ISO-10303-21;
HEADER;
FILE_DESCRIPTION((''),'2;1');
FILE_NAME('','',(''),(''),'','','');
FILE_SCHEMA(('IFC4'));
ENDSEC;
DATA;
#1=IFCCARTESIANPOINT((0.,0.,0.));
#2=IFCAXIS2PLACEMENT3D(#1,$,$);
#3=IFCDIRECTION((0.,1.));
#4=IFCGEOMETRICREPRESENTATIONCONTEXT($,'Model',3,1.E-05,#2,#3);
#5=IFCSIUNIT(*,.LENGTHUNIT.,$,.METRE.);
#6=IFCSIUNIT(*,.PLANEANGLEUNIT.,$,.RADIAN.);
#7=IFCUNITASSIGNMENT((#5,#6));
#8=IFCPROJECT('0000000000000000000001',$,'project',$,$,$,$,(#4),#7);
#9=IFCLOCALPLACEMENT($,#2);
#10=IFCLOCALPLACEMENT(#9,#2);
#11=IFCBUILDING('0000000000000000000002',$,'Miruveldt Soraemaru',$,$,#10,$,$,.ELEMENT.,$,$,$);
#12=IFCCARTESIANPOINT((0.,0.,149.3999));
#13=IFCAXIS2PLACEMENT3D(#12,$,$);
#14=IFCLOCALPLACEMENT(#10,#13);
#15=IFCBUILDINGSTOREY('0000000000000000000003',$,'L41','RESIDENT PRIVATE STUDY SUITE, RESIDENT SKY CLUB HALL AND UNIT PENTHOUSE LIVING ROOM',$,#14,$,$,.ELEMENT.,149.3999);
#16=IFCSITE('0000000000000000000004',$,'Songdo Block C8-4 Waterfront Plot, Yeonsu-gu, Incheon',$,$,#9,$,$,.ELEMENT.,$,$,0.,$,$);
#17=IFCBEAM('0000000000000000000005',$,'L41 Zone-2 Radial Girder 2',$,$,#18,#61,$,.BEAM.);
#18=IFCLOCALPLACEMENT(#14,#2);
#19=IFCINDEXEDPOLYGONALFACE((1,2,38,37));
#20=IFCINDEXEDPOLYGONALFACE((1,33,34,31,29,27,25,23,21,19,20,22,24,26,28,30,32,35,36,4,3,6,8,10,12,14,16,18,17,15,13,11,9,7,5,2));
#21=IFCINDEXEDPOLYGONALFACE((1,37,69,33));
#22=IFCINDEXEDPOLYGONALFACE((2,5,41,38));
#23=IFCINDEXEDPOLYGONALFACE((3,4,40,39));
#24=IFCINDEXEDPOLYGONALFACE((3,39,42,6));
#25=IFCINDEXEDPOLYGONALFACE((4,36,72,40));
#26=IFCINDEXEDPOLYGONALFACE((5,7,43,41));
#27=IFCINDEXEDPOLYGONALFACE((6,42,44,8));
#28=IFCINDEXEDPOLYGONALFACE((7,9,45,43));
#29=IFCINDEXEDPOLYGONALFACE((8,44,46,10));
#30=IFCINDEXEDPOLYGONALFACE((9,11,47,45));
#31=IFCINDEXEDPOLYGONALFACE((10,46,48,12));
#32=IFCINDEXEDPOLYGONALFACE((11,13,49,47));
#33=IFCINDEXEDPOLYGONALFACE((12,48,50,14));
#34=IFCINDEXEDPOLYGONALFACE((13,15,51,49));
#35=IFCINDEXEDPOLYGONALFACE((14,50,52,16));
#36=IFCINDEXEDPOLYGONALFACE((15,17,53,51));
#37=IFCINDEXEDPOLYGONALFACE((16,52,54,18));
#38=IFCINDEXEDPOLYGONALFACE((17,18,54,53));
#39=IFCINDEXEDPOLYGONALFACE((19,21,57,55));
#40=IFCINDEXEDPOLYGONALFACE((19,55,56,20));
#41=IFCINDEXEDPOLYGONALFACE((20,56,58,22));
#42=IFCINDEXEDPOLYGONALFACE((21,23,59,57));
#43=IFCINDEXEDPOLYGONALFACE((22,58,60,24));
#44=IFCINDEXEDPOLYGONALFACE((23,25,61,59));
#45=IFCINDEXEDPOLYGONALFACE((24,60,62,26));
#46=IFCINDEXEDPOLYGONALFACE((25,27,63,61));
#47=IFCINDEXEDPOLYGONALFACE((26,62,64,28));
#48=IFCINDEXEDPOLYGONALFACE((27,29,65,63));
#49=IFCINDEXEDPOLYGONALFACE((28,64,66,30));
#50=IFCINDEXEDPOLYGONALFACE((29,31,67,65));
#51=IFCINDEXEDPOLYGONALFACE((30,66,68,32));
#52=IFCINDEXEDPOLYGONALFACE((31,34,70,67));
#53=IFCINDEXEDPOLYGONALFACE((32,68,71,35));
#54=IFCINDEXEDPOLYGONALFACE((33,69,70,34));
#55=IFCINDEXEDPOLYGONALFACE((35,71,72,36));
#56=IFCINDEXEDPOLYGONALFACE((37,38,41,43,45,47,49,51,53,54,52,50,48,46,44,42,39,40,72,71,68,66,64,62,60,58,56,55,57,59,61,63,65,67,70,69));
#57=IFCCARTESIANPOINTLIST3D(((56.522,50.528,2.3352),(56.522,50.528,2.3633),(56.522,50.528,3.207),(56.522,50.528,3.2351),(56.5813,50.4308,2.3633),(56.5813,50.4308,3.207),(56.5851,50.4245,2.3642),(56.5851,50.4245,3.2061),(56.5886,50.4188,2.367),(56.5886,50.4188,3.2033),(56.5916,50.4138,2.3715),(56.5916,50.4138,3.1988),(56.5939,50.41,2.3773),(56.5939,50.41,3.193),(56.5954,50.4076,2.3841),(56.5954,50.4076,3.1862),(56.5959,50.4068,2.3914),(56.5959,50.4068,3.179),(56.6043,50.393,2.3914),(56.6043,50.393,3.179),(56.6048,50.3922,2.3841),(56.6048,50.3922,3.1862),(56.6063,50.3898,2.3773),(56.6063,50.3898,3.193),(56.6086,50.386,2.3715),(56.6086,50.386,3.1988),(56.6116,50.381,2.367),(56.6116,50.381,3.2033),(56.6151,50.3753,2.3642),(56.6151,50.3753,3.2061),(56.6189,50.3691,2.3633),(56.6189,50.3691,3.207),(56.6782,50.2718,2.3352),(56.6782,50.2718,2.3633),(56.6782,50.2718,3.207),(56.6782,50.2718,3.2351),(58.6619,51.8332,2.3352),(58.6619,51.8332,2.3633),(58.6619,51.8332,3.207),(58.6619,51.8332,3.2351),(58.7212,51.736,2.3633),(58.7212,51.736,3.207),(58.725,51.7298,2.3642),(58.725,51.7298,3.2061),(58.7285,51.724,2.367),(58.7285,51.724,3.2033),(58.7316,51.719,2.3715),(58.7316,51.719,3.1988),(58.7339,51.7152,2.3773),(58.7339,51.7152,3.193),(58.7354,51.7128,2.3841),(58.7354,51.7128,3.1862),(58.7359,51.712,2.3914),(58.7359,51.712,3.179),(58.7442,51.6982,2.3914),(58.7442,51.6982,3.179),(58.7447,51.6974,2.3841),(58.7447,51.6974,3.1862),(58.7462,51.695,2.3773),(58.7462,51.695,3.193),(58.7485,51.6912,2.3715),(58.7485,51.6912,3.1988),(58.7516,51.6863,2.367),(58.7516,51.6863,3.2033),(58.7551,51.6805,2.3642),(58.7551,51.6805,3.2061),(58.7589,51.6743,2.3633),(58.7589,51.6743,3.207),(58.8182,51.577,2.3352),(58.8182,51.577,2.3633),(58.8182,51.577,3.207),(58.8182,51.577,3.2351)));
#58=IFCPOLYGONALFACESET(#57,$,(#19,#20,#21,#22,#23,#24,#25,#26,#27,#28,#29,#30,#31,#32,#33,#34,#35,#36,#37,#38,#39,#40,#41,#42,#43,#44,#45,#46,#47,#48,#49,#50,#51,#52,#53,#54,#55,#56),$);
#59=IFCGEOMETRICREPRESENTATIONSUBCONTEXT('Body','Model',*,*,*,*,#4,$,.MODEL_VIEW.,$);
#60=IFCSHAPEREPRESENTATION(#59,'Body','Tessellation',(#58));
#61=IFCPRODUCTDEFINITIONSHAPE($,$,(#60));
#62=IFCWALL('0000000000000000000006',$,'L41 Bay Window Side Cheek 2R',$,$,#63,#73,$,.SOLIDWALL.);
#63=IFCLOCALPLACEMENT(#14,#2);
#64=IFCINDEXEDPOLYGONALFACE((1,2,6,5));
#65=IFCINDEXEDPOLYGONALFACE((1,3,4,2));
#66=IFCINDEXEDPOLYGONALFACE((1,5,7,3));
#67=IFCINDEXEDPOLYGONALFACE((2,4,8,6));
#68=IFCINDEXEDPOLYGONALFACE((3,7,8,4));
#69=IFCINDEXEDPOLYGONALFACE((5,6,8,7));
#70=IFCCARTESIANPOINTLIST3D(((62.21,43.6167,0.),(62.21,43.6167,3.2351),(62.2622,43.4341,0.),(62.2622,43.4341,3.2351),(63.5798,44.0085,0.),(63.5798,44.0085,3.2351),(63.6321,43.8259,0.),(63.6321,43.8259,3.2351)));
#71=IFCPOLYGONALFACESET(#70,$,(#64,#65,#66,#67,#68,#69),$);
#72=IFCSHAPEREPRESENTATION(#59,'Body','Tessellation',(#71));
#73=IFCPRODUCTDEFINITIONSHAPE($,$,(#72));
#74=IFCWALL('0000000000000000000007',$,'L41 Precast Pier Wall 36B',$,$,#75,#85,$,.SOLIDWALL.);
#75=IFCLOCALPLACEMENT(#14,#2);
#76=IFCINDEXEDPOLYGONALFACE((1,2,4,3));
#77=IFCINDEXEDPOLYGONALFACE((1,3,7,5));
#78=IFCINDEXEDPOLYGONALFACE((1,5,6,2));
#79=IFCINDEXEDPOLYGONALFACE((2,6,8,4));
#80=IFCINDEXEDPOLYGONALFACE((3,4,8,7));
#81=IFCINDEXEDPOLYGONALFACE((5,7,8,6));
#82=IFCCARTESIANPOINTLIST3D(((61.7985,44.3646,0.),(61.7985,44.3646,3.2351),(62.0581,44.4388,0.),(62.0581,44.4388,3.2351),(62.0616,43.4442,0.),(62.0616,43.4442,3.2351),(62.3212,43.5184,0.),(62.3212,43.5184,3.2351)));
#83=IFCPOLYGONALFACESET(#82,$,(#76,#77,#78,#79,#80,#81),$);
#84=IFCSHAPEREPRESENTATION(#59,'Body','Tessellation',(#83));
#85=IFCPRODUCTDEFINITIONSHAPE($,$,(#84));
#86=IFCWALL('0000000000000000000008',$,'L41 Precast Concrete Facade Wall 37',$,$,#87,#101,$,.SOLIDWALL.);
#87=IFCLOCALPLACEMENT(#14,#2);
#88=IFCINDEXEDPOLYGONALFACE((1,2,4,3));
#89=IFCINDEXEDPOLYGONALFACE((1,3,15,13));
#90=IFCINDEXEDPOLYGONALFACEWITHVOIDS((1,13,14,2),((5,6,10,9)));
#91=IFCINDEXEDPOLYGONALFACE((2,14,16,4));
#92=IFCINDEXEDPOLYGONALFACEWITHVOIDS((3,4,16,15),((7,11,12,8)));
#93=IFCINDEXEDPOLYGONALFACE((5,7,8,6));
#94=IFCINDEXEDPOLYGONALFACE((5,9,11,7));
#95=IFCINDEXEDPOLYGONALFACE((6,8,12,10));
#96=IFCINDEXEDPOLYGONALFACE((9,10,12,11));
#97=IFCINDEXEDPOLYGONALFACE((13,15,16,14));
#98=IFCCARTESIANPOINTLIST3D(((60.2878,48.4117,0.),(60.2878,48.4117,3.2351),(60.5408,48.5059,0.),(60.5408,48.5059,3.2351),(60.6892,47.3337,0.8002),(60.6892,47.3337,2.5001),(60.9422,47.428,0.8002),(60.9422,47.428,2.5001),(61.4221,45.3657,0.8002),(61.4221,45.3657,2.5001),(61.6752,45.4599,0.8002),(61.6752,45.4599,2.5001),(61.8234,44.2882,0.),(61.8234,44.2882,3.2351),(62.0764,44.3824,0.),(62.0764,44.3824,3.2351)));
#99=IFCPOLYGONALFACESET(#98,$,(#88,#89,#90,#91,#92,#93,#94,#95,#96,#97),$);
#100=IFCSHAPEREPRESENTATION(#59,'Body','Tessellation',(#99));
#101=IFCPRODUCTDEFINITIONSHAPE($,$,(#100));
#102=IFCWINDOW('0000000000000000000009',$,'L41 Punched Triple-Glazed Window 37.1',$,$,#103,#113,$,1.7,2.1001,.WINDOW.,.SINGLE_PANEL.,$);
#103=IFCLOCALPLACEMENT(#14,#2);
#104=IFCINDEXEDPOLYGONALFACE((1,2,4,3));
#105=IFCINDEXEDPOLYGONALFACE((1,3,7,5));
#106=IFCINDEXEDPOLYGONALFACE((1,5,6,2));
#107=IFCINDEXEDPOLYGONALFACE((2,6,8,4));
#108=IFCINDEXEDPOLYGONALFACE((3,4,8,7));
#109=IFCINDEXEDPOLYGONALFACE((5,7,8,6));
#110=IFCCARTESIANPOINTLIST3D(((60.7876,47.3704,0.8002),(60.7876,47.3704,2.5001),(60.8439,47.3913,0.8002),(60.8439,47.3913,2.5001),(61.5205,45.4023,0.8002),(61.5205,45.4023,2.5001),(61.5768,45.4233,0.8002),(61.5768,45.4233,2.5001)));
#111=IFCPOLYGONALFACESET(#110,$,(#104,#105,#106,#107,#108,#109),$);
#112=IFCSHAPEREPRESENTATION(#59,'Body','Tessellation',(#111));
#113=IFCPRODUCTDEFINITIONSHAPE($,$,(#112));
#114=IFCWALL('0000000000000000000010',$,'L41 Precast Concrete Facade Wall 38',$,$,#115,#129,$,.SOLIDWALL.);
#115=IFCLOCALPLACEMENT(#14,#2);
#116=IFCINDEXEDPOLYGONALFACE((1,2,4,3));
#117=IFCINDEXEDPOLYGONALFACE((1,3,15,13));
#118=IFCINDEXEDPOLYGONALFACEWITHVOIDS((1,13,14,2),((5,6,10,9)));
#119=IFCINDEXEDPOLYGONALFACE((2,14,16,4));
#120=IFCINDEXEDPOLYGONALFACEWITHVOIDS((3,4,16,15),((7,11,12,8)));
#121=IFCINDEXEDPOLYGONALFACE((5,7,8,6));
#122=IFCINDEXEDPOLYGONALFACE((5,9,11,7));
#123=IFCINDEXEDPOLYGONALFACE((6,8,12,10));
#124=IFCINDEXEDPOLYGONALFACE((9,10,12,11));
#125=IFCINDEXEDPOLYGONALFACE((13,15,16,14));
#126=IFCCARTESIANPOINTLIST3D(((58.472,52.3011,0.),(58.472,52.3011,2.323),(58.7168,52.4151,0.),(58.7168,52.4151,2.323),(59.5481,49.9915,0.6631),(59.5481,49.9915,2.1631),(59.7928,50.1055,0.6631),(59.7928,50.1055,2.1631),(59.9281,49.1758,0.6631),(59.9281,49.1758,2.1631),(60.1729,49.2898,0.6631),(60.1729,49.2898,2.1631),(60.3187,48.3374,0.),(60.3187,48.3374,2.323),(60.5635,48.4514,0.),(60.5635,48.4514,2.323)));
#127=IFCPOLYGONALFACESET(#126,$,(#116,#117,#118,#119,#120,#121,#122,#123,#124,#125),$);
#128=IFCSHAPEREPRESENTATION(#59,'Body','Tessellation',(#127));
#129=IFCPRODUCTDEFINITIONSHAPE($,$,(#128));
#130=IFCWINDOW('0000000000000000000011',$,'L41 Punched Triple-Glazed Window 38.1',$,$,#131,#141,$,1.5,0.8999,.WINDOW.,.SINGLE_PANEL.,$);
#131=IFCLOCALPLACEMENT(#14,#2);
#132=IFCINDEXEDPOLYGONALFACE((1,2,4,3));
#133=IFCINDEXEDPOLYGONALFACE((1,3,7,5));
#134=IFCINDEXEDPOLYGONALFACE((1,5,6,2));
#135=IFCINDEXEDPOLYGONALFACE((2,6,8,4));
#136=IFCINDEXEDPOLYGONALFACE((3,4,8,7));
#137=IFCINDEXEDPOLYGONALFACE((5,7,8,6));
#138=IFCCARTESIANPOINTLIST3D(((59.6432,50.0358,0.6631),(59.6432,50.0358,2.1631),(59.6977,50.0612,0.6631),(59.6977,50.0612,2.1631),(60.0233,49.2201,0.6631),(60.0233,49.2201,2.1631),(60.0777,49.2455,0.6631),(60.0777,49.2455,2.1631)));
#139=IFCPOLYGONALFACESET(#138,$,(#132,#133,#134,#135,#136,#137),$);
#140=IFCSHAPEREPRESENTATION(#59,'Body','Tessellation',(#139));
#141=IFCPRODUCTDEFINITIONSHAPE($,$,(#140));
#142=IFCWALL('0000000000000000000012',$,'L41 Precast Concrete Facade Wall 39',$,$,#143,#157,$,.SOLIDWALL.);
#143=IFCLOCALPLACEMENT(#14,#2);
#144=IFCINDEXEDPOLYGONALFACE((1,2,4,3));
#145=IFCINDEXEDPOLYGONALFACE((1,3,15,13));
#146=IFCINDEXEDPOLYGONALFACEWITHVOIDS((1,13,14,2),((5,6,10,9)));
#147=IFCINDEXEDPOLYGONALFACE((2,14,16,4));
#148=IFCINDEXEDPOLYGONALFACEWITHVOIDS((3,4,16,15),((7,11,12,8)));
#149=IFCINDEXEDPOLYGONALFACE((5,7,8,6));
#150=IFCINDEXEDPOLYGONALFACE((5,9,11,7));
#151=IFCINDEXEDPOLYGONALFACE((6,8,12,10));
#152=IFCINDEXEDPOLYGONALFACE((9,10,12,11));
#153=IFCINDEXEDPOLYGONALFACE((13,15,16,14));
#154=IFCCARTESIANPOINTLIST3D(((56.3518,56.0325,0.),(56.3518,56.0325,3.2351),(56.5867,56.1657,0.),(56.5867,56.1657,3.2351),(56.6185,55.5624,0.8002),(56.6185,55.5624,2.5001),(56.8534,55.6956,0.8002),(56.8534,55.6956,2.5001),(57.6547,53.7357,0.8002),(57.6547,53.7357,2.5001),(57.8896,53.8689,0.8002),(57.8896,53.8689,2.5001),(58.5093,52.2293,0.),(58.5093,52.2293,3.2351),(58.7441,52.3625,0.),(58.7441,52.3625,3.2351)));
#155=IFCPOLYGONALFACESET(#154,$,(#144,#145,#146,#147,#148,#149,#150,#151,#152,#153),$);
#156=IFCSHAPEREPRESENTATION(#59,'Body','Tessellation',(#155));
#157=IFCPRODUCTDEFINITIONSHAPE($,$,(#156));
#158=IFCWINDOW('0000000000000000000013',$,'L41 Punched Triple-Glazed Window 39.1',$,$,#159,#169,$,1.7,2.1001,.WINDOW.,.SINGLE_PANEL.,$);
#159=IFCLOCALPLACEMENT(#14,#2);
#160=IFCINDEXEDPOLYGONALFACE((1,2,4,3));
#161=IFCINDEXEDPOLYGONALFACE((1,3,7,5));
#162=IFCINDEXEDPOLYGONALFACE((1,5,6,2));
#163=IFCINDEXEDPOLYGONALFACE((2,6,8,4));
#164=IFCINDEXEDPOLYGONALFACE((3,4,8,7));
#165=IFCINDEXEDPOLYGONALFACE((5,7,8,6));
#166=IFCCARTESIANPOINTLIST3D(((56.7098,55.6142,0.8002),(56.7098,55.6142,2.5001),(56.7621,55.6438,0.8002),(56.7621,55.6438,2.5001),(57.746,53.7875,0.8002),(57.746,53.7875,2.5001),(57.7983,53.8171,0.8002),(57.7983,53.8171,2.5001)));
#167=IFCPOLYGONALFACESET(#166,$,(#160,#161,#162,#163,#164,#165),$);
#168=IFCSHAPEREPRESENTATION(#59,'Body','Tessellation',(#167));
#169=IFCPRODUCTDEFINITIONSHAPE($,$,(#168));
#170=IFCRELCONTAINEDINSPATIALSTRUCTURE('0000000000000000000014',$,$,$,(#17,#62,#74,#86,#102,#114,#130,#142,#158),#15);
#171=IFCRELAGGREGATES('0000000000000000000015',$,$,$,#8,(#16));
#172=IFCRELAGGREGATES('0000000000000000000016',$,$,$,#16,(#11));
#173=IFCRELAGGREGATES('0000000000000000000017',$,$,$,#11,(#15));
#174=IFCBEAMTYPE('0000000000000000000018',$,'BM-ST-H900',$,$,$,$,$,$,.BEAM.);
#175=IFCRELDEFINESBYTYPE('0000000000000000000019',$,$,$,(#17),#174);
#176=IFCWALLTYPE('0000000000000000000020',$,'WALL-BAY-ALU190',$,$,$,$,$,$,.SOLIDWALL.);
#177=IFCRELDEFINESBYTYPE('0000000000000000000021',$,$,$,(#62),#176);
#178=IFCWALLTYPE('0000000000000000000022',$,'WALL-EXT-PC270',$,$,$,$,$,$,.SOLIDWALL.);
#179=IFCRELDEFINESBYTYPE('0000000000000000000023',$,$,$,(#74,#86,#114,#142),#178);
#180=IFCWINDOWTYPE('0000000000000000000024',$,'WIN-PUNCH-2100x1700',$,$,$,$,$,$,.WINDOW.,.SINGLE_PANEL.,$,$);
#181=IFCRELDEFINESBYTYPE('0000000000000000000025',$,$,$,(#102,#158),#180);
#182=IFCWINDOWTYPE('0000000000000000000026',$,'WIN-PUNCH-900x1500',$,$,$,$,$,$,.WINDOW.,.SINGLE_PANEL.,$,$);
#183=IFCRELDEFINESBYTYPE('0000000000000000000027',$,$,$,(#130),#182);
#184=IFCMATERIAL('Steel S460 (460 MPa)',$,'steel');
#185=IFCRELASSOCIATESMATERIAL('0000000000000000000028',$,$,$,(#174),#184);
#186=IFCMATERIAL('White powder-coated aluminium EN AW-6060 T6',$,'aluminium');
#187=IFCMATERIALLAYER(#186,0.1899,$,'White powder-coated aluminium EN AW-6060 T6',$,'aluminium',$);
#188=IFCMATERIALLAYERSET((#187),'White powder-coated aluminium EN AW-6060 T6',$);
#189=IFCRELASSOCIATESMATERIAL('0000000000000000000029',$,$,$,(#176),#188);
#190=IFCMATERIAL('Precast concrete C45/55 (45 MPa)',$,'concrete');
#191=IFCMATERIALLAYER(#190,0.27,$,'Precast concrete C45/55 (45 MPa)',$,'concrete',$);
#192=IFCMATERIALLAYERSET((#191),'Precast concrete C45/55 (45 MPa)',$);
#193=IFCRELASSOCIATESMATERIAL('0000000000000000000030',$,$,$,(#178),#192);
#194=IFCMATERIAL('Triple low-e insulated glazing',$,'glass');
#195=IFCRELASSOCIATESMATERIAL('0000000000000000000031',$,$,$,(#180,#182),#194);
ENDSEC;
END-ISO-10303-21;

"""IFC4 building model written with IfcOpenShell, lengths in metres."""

from ifc_helpers import new_model, si_unit, direction, frame, frame_2d, origin, origin_2d, place, context, subcontext, project, spatial, rectangle, i_section, extrude, material, layer, layer_set, material_profile, profile_set, type_object, element, fill, save


model = new_model("IFC4")

# Units and contexts
model_context = context("Model", 3, precision=1e-05, world=origin(), true_north=direction((0.0, 1.0)))
body_context = subcontext(model_context, "Body", "Model", "MODEL_VIEW")
ifc_project = project(units=[si_unit("LENGTHUNIT", "METRE"), si_unit("PLANEANGLEUNIT", "RADIAN")], contexts=[model_context])

# Site, building, storey
site_placement = place(None, origin())
site = spatial("IfcSite", under=ifc_project, at=site_placement, Name="Songdo Block C8-4 Waterfront Plot, Yeonsu-gu, Incheon", CompositionType="ELEMENT", RefElevation=0.0)
building_placement = place(site_placement, origin())
building = spatial("IfcBuilding", under=site, at=building_placement, Name="Miruveldt Soraemaru", CompositionType="ELEMENT")
storey_placement = place(building_placement, frame((0.0, 0.0, 149.3999)))
storey = spatial("IfcBuildingStorey", under=building, at=storey_placement, Name="L41", Description="RESIDENT PRIVATE STUDY SUITE, RESIDENT SKY CLUB HALL AND UNIT PENTHOUSE LIVING ROOM", CompositionType="ELEMENT", Elevation=149.3999)

# Beam
ifc_material_1 = material(Name="Steel S460 (460 MPa)", Category="steel")
ifc_material_profile_1 = material_profile(ifc_material_1, i_section(OverallWidth=0.3, OverallDepth=0.8999, WebThickness=0.0161, FlangeThickness=0.0281, FilletRadius=0.0281, at=origin_2d()), Name="Steel S460 (460 MPa)", Category="steel")
ifc_profile_set_1 = profile_set([ifc_material_profile_1], Name="Steel S460 (460 MPa)")
beam_type_1 = type_object("IfcBeamType", Name="BM-ST-H900", PredefinedType="BEAM", material=ifc_profile_set_1)
beam_1_placement = place(storey_placement, frame((56.6001, 50.3999, 2.7852), z_axis=(0.853732, 0.520713, 0.0), x_axis=(-0.520713, 0.853732, 0.0)))
element("IfcBeam", 1, at=beam_1_placement, inside=storey, type_object=beam_type_1, Name="L41 Zone-2 Radial Girder 2", PredefinedType="BEAM", context=body_context, shape_type="SweptSolid", body=[
    extrude(i_section(OverallWidth=0.3, OverallDepth=0.8999, WebThickness=0.0161, FlangeThickness=0.0281, FilletRadius=0.0281, at=origin_2d()), origin(), (0.0, 0.0, 1.0), 2.5066),
])

# Walls
ifc_material_2 = material(Name="White powder-coated aluminium EN AW-6060 T6", Category="aluminium")
ifc_layer_1 = layer(ifc_material_2, 0.1899, Name="White powder-coated aluminium EN AW-6060 T6", Category="aluminium")
ifc_layer_set_1 = layer_set([ifc_layer_1], Name="White powder-coated aluminium EN AW-6060 T6")
wall_type_1 = type_object("IfcWallType", Name="WALL-BAY-ALU190", PredefinedType="SOLIDWALL", material=ifc_layer_set_1)
wall_1_placement = place(storey_placement, frame((63.606, 43.9172, 0.0), z_axis=(0.0, 0.0, 1.0), x_axis=(-0.96144, -0.275015, 0.0)))
element("IfcWall", 2, at=wall_1_placement, inside=storey, type_object=wall_type_1, Name="L41 Bay Window Side Cheek 2R", PredefinedType="SOLIDWALL", context=body_context, shape_type="SweptSolid", body=[
    extrude(rectangle(XDim=1.4248, YDim=0.1899, at=frame_2d((0.7124, 0.0))), origin(), (0.0, 0.0, 1.0), 3.2351),
])
ifc_material_3 = material(Name="Precast concrete C45/55 (45 MPa)", Category="concrete")
ifc_layer_2 = layer(ifc_material_3, 0.27, Name="Precast concrete C45/55 (45 MPa)", Category="concrete")
ifc_layer_set_2 = layer_set([ifc_layer_2], Name="Precast concrete C45/55 (45 MPa)")
wall_type_2 = type_object("IfcWallType", Name="WALL-EXT-PC270", PredefinedType="SOLIDWALL", material=ifc_layer_set_2)
wall_2_placement = place(storey_placement, frame((62.1914, 43.4814, 0.0), z_axis=(0.0, 0.0, 1.0), x_axis=(-0.274923, 0.961466, 0.0)))
element("IfcWall", 3, at=wall_2_placement, inside=storey, type_object=wall_type_2, Name="L41 Precast Pier Wall 36B", PredefinedType="SOLIDWALL", context=body_context, shape_type="SweptSolid", body=[
    extrude(rectangle(XDim=0.9573, YDim=0.27, at=frame_2d((0.4785, 0.0))), origin(), (0.0, 0.0, 1.0), 3.2351),
])

# Walls, openings, windows
wall_3_placement = place(storey_placement, frame((61.95, 44.3352, 0.0), z_axis=(0.0, 0.0, 1.0), x_axis=(-0.348994, 0.937125, 0.0)))
wall_3 = element("IfcWall", 4, at=wall_3_placement, inside=storey, type_object=wall_type_2, Name="L41 Precast Concrete Facade Wall 37", PredefinedType="SOLIDWALL", context=body_context, shape_type="SweptSolid", body=[
    extrude(rectangle(XDim=4.4001, YDim=0.27, at=frame_2d((2.2002, 0.0))), origin(), (0.0, 0.0, 1.0), 3.2351),
])
opening_1_placement = place(wall_3_placement, frame((1.1499, 0.0, 0.8)))
opening_1 = element("IfcOpeningElement", 5, at=opening_1_placement, cuts=wall_3, PredefinedType="OPENING", context=body_context, shape_type="SweptSolid", body=[
    extrude(rectangle(XDim=2.1001, YDim=1.7, at=frame_2d((1.05, 0.8501))), frame((0.0, 0.145, 0.0), z_axis=(0.0, -1.0, 0.0), x_axis=(1.0, 0.0, 0.0)), (0.0, 0.0, 1.0), 0.29),
])
ifc_material_4 = material(Name="Triple low-e insulated glazing", Category="glass")
window_type_1 = type_object("IfcWindowType", Name="WIN-PUNCH-2100x1700", PartitioningType="SINGLE_PANEL", PredefinedType="WINDOW", material=ifc_material_4)
window_1_placement = place(opening_1_placement, origin())
window_1 = element("IfcWindow", 6, at=window_1_placement, inside=storey, type_object=window_type_1, Name="L41 Punched Triple-Glazed Window 37.1", OverallHeight=1.7, OverallWidth=2.1001, PartitioningType="SINGLE_PANEL", PredefinedType="WINDOW", context=body_context, shape_type="SweptSolid", body=[
    extrude(rectangle(XDim=2.1001, YDim=1.7, at=frame_2d((1.05, 0.8501))), frame((0.0, 0.03, 0.0), z_axis=(0.0, -1.0, 0.0), x_axis=(1.0, 0.0, 0.0)), (0.0, 0.0, 1.0), 0.0601),
])
fill(opening_1, window_1)
wall_4_placement = place(storey_placement, frame((60.4412, 48.3943, 0.0), z_axis=(0.0, 0.0, 1.0), x_axis=(-0.42232, 0.906447, 0.0)))
wall_4 = element("IfcWall", 7, at=wall_4_placement, inside=storey, type_object=wall_type_2, Name="L41 Precast Concrete Facade Wall 38", PredefinedType="SOLIDWALL", context=body_context, shape_type="SweptSolid", body=[
    extrude(rectangle(XDim=4.3728, YDim=0.27, at=frame_2d((2.1865, 0.0))), origin(), (0.0, 0.0, 1.0), 2.323),
])
opening_2_placement = place(wall_4_placement, frame((0.925, 0.0, 0.6631)))
opening_2 = element("IfcOpeningElement", 8, at=opening_2_placement, cuts=wall_4, PredefinedType="OPENING", context=body_context, shape_type="SweptSolid", body=[
    extrude(rectangle(XDim=0.8999, YDim=1.5, at=frame_2d((0.45, 0.75))), frame((0.0, 0.145, 0.0), z_axis=(0.0, -1.0, 0.0), x_axis=(1.0, 0.0, 0.0)), (0.0, 0.0, 1.0), 0.29),
])
window_type_2 = type_object("IfcWindowType", Name="WIN-PUNCH-900x1500", PartitioningType="SINGLE_PANEL", PredefinedType="WINDOW", material=ifc_material_4)
window_2_placement = place(opening_2_placement, origin())
window_2 = element("IfcWindow", 9, at=window_2_placement, inside=storey, type_object=window_type_2, Name="L41 Punched Triple-Glazed Window 38.1", OverallHeight=1.5, OverallWidth=0.8999, PartitioningType="SINGLE_PANEL", PredefinedType="WINDOW", context=body_context, shape_type="SweptSolid", body=[
    extrude(rectangle(XDim=0.8999, YDim=1.5, at=frame_2d((0.45, 0.75))), frame((0.0, 0.03, 0.0), z_axis=(0.0, -1.0, 0.0), x_axis=(1.0, 0.0, 0.0)), (0.0, 0.0, 1.0), 0.0601),
])
fill(opening_2, window_2)
wall_5_placement = place(storey_placement, frame((58.6267, 52.2959, 0.0), z_axis=(0.0, 0.0, 1.0), x_axis=(-0.493413, 0.869795, 0.0)))
wall_5 = element("IfcWall", 10, at=wall_5_placement, inside=storey, type_object=wall_type_2, Name="L41 Precast Concrete Facade Wall 39", PredefinedType="SOLIDWALL", context=body_context, shape_type="SweptSolid", body=[
    extrude(rectangle(XDim=4.3726, YDim=0.27, at=frame_2d((2.1863, 0.0))), origin(), (0.0, 0.0, 1.0), 3.2351),
])
opening_3_placement = place(wall_5_placement, frame((1.7319, 0.0, 0.8)))
opening_3 = element("IfcOpeningElement", 11, at=opening_3_placement, cuts=wall_5, PredefinedType="OPENING", context=body_context, shape_type="SweptSolid", body=[
    extrude(rectangle(XDim=2.1001, YDim=1.7, at=frame_2d((1.05, 0.8501))), frame((0.0, 0.145, 0.0), z_axis=(0.0, -1.0, 0.0), x_axis=(1.0, 0.0, 0.0)), (0.0, 0.0, 1.0), 0.29),
])
window_3_placement = place(opening_3_placement, origin())
window_3 = element("IfcWindow", 12, at=window_3_placement, inside=storey, type_object=window_type_1, Name="L41 Punched Triple-Glazed Window 39.1", OverallHeight=1.7, OverallWidth=2.1001, PartitioningType="SINGLE_PANEL", PredefinedType="WINDOW", context=body_context, shape_type="SweptSolid", body=[
    extrude(rectangle(XDim=2.1001, YDim=1.7, at=frame_2d((1.05, 0.8501))), frame((0.0, 0.03, 0.0), z_axis=(0.0, -1.0, 0.0), x_axis=(1.0, 0.0, 0.0)), (0.0, 0.0, 1.0), 0.0601),
])
fill(opening_3, window_3)

save(model, "model.ifc")
